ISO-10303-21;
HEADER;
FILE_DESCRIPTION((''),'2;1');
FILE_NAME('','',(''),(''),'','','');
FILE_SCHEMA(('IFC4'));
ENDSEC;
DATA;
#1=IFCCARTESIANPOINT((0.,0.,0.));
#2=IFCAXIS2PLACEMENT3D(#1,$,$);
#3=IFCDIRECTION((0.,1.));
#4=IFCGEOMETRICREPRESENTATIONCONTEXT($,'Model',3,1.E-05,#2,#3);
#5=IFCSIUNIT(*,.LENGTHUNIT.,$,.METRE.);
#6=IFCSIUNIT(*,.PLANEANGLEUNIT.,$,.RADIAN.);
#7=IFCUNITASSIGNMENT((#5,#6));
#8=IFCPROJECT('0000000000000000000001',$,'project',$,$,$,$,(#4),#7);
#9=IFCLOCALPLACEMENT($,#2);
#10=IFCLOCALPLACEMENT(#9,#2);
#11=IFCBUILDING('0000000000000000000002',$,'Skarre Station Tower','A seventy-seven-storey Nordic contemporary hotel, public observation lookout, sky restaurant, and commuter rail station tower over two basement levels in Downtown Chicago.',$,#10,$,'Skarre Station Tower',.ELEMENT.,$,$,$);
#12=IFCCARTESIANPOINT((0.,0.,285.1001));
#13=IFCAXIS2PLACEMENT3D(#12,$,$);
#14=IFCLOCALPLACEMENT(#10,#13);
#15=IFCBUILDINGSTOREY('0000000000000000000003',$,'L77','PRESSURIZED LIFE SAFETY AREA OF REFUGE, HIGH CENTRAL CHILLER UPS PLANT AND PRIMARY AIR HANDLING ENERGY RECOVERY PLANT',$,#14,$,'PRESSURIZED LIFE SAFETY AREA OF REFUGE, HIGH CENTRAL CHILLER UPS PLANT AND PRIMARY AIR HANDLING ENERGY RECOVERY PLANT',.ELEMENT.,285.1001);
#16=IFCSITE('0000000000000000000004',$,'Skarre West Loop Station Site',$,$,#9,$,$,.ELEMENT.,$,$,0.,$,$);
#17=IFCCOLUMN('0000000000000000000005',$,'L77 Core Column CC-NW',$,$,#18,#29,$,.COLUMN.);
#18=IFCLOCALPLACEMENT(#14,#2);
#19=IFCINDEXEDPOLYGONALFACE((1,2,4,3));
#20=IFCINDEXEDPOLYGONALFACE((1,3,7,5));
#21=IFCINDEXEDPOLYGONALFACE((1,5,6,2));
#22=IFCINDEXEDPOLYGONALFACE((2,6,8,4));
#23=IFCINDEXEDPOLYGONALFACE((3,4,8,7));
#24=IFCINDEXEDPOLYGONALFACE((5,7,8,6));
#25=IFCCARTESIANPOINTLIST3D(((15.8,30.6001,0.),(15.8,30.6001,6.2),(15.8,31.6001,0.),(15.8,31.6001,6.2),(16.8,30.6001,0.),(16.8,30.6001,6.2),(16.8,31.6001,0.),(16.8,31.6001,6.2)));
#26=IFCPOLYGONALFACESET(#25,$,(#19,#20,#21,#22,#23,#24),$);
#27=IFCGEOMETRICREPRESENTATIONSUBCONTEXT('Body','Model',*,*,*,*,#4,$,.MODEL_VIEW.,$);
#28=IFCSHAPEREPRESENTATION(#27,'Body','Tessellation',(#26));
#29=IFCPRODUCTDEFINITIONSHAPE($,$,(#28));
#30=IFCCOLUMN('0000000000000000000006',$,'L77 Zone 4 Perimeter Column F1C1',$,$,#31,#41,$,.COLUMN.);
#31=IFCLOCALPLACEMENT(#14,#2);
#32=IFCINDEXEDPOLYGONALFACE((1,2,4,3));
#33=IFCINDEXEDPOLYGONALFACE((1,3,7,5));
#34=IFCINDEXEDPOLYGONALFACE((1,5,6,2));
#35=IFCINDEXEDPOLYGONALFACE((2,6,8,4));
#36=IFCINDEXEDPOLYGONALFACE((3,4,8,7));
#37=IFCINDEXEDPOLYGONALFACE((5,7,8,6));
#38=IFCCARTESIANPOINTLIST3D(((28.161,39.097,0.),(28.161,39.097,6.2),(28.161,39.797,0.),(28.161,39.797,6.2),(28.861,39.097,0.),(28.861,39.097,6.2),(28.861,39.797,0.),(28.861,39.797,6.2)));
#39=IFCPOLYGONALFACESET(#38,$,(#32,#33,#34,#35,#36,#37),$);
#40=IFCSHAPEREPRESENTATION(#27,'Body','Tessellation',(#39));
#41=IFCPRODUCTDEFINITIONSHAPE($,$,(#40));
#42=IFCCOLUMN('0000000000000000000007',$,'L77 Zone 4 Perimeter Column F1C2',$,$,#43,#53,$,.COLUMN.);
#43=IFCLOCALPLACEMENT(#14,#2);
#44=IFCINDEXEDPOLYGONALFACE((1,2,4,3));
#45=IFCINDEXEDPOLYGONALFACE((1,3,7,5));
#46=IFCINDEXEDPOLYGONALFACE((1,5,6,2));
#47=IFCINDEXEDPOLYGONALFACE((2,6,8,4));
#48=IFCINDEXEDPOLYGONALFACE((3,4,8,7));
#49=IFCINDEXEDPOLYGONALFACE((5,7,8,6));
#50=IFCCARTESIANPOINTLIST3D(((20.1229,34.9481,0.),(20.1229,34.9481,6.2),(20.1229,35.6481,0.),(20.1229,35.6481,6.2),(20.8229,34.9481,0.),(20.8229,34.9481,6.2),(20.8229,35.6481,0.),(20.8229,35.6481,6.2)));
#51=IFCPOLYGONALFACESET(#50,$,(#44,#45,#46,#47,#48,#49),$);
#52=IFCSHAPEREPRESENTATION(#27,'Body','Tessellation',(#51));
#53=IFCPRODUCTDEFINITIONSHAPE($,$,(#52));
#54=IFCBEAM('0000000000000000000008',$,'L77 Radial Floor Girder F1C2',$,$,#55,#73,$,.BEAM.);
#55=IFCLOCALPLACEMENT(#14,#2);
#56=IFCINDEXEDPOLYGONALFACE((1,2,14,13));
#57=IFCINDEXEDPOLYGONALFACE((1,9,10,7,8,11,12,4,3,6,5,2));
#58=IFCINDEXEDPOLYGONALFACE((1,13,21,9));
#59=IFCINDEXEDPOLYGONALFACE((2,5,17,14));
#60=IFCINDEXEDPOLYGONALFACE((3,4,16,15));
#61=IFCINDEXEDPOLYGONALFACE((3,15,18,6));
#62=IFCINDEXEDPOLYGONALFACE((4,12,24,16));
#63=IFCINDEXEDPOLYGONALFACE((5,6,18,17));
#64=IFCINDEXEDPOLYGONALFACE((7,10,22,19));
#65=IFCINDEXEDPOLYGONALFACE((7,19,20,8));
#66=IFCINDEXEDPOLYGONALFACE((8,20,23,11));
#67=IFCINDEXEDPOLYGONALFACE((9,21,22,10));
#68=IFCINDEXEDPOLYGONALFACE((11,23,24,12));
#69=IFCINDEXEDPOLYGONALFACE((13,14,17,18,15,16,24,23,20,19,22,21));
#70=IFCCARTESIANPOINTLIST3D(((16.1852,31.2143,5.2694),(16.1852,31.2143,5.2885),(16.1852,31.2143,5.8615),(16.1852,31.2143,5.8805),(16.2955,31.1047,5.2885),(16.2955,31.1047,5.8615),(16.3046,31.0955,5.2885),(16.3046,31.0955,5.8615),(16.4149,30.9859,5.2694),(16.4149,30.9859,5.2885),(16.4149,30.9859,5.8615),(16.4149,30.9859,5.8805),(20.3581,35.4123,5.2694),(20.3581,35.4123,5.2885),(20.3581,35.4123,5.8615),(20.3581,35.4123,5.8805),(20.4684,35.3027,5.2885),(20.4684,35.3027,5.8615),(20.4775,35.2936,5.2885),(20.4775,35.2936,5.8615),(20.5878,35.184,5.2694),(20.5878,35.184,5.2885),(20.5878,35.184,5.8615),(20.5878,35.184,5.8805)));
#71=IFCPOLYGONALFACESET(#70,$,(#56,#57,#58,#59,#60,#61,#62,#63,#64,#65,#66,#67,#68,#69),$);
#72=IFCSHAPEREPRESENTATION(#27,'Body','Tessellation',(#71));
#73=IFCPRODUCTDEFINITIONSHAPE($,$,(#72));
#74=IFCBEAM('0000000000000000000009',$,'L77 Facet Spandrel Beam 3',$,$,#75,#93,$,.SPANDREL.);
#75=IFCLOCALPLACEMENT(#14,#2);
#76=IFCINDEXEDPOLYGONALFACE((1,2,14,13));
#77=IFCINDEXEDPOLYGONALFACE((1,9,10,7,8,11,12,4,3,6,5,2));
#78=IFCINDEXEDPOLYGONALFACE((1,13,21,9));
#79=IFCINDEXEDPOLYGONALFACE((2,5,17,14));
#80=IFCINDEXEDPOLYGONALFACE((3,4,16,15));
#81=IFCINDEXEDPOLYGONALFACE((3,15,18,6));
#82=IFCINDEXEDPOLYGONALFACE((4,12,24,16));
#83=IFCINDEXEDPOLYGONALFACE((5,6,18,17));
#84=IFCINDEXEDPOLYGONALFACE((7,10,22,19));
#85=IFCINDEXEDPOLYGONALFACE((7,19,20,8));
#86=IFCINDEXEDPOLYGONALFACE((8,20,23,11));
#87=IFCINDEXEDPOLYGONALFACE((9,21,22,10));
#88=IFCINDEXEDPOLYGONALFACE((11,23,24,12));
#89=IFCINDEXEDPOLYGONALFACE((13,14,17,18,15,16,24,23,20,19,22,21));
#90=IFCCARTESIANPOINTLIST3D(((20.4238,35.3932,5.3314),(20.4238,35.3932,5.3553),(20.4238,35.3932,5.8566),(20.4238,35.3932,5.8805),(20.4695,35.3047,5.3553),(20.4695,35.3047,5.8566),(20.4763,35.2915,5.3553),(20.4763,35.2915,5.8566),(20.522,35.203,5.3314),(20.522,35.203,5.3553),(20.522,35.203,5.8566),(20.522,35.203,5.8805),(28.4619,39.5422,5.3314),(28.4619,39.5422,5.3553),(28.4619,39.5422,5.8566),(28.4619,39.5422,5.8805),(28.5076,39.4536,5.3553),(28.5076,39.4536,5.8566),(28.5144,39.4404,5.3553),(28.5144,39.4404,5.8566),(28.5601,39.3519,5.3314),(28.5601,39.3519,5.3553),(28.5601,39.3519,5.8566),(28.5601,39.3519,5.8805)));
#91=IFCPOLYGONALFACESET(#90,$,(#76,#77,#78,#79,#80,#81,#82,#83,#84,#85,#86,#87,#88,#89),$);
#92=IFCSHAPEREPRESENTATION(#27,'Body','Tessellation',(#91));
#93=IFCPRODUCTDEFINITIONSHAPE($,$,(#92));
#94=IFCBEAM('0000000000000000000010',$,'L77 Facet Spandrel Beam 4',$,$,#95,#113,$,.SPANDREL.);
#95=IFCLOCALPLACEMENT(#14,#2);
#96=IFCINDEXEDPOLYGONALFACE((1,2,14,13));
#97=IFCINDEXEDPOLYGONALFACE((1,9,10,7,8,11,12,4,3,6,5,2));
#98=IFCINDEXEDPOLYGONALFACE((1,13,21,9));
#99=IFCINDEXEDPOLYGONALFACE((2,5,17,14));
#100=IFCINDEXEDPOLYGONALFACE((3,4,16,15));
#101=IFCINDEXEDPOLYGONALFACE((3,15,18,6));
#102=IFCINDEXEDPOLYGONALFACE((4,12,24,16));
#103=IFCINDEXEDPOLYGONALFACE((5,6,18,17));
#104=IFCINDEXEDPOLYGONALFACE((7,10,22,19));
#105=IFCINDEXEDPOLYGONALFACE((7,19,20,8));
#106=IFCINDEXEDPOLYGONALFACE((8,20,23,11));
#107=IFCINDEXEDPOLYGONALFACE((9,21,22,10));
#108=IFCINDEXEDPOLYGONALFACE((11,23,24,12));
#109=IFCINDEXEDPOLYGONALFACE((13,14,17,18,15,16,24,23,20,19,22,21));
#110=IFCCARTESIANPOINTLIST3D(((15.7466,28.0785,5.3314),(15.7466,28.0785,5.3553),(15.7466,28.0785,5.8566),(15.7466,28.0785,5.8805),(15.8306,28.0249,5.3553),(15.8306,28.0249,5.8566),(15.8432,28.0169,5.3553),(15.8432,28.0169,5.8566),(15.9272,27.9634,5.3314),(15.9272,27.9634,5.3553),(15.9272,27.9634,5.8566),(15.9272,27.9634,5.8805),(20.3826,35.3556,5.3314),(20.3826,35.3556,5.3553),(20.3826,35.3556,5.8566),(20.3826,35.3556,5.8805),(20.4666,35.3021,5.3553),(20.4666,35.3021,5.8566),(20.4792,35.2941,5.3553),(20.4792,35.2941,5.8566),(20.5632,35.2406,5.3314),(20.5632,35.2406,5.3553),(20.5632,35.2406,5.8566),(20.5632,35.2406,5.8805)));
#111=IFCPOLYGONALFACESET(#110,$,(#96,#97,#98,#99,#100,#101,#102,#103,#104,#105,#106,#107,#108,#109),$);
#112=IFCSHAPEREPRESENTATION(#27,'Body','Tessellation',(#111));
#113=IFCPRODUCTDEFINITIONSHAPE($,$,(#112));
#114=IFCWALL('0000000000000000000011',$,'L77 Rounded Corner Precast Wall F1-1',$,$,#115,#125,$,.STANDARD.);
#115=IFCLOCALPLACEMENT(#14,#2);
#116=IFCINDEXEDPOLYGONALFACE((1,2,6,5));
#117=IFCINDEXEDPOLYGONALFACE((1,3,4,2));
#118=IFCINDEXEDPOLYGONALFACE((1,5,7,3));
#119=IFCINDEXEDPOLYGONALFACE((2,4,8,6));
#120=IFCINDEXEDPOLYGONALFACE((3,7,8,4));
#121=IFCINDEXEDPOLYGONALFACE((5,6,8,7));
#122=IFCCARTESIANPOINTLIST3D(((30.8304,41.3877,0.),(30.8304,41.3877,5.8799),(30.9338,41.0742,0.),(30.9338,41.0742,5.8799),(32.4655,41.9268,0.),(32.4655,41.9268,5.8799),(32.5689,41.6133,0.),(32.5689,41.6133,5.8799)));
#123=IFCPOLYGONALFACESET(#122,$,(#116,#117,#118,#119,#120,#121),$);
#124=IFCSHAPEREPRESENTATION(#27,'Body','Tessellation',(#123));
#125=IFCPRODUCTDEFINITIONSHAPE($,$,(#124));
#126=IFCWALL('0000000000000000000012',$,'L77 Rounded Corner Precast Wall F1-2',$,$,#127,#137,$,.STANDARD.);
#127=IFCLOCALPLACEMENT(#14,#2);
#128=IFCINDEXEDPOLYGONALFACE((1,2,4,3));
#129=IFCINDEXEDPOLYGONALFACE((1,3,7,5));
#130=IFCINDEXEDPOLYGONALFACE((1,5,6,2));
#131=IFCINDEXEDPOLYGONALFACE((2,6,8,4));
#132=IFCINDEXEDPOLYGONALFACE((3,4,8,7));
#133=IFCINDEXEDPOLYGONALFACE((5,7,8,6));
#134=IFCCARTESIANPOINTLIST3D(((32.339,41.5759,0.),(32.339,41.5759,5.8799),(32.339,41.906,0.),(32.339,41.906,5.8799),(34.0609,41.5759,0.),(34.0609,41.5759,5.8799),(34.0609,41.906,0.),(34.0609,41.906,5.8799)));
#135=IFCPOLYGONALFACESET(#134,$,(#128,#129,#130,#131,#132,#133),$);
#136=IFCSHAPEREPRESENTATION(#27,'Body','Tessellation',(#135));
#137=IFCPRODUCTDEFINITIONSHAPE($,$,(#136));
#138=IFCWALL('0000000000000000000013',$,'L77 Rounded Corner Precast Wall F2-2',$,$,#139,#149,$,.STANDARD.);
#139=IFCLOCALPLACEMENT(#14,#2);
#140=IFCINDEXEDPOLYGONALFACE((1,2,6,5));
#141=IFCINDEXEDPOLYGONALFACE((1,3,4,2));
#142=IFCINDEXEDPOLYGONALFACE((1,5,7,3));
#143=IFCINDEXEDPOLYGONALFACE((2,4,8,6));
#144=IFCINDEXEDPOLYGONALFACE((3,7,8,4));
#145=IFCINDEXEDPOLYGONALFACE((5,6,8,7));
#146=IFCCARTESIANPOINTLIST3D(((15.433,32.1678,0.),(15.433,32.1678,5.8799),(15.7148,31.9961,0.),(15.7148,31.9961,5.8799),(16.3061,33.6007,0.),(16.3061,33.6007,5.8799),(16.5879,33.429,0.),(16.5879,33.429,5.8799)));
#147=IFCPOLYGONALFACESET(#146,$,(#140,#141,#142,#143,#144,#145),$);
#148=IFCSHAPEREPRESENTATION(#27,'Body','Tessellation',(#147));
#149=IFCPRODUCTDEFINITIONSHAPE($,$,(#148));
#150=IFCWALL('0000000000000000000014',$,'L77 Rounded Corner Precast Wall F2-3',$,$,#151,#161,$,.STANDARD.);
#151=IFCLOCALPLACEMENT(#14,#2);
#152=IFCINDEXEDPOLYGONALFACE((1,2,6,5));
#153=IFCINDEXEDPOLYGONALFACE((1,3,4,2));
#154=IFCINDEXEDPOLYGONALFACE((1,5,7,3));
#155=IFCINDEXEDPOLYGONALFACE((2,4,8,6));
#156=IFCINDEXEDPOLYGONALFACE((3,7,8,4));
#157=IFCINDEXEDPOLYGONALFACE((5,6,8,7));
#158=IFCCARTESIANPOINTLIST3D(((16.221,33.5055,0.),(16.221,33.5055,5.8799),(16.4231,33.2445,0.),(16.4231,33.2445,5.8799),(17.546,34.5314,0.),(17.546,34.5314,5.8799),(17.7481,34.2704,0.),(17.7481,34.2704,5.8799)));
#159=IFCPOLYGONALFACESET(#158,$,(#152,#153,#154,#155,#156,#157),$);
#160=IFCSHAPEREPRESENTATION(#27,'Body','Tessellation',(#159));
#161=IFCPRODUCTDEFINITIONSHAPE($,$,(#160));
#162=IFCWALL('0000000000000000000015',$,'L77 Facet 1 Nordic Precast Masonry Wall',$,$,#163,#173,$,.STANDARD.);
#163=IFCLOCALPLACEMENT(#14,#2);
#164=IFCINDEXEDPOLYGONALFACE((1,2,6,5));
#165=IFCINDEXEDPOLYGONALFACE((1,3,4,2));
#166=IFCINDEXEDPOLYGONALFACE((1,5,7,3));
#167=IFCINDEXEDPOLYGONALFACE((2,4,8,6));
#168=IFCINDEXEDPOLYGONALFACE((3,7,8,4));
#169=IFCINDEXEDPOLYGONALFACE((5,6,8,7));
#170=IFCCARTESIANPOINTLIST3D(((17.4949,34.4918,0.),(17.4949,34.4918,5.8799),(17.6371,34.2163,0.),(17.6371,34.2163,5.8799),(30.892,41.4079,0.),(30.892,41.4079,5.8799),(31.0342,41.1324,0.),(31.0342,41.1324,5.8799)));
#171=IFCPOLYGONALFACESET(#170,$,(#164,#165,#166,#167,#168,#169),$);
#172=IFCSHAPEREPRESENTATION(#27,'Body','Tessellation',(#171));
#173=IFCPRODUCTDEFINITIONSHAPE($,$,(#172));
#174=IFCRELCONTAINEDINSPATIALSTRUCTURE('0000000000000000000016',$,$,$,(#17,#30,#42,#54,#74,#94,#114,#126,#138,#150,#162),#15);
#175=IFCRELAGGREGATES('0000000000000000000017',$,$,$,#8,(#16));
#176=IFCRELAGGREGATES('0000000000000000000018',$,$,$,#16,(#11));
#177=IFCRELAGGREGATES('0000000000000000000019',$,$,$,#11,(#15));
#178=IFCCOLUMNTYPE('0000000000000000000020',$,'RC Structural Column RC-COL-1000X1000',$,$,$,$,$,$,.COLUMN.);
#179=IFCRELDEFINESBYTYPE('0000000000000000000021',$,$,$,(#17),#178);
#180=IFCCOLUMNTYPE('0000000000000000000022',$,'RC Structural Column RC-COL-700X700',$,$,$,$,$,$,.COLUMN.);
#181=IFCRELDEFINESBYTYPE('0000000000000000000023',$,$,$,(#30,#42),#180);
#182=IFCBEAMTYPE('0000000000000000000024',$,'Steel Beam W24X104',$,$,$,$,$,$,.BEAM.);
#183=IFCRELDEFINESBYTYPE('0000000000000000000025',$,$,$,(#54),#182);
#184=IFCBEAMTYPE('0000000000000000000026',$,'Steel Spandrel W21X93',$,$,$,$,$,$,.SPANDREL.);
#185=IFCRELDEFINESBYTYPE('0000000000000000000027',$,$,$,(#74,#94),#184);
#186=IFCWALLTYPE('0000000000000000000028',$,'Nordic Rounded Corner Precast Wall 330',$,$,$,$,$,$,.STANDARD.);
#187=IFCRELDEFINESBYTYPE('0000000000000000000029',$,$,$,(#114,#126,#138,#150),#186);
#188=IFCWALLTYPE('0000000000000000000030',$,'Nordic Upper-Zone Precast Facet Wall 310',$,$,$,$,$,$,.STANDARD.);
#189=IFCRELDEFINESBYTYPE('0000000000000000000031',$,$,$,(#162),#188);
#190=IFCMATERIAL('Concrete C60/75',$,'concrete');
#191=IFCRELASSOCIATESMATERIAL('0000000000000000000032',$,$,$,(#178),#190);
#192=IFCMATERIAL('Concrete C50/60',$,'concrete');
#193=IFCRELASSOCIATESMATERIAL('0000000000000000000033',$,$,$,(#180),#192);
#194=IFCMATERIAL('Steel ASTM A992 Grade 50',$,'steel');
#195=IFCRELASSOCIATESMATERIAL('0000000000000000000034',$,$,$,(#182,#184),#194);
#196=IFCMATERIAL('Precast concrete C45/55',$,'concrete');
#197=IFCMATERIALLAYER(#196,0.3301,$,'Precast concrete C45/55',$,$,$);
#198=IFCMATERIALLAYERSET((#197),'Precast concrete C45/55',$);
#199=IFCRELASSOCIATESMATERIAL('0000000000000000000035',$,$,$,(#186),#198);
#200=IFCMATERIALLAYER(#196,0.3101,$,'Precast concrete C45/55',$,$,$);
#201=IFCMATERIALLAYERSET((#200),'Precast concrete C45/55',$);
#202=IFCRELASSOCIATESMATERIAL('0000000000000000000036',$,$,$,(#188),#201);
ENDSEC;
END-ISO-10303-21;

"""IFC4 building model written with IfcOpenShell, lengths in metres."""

from ifc_helpers import new_model, si_unit, direction, frame, frame_2d, origin, origin_2d, place, context, subcontext, project, spatial, rectangle, i_section, extrude, material, layer, layer_set, material_profile, profile_set, type_object, element, save


model = new_model("IFC4")

# Units and contexts
model_context = context("Model", 3, precision=1e-05, world=origin(), true_north=direction((0.0, 1.0)))
body_context = subcontext(model_context, "Body", "Model", "MODEL_VIEW")
ifc_project = project(units=[si_unit("LENGTHUNIT", "METRE"), si_unit("PLANEANGLEUNIT", "RADIAN")], contexts=[model_context])

# Site, building, storey
site_placement = place(None, origin())
site = spatial("IfcSite", under=ifc_project, at=site_placement, Name="Skarre West Loop Station Site", CompositionType="ELEMENT", RefElevation=0.0)
building_placement = place(site_placement, origin())
building = spatial("IfcBuilding", under=site, at=building_placement, Name="Skarre Station Tower", Description="A seventy-seven-storey Nordic contemporary hotel, public observation lookout, sky restaurant, and commuter rail station tower over two basement levels in Downtown Chicago.", LongName="Skarre Station Tower", CompositionType="ELEMENT")
storey_placement = place(building_placement, frame((0.0, 0.0, 285.1001)))
storey = spatial("IfcBuildingStorey", under=building, at=storey_placement, Name="L77", Description="PRESSURIZED LIFE SAFETY AREA OF REFUGE, HIGH CENTRAL CHILLER UPS PLANT AND PRIMARY AIR HANDLING ENERGY RECOVERY PLANT", LongName="PRESSURIZED LIFE SAFETY AREA OF REFUGE, HIGH CENTRAL CHILLER UPS PLANT AND PRIMARY AIR HANDLING ENERGY RECOVERY PLANT", CompositionType="ELEMENT", Elevation=285.1001)

# Columns
ifc_material_1 = material(Name="Concrete C60/75", Category="concrete")
ifc_material_profile_1 = material_profile(ifc_material_1, rectangle(XDim=1.0, YDim=1.0, at=origin_2d()), Name="Concrete C60/75")
ifc_profile_set_1 = profile_set([ifc_material_profile_1], Name="Concrete C60/75")
column_type_1 = type_object("IfcColumnType", Name="RC Structural Column RC-COL-1000X1000", PredefinedType="COLUMN", material=ifc_profile_set_1)
column_placement = place(storey_placement, frame((16.3, 31.1001, 0.0), z_axis=(0.0, 0.0, 1.0), x_axis=(1.0, 0.0, 0.0)))
element("IfcColumn", 1, at=column_placement, inside=storey, type_object=column_type_1, Name="L77 Core Column CC-NW", PredefinedType="COLUMN", context=body_context, shape_type="SweptSolid", body=[
    extrude(rectangle(XDim=1.0, YDim=1.0, at=origin_2d()), origin(), (0.0, 0.0, 1.0), 6.2),
])
ifc_material_2 = material(Name="Concrete C50/60", Category="concrete")
ifc_material_profile_2 = material_profile(ifc_material_2, rectangle(XDim=0.7, YDim=0.7, at=origin_2d()), Name="Concrete C50/60")
ifc_profile_set_2 = profile_set([ifc_material_profile_2], Name="Concrete C50/60")
column_type_2 = type_object("IfcColumnType", Name="RC Structural Column RC-COL-700X700", PredefinedType="COLUMN", material=ifc_profile_set_2)
for number, where, z_axis, x_axis, name in (
    (2, (28.511, 39.447, 0.0), (0.0, 0.0, 1.0), (1.0, 0.0, 0.0), "L77 Zone 4 Perimeter Column F1C1"),
    (3, (20.4729, 35.2981, 0.0), (0.0, 0.0, 1.0), (1.0, 0.0, 0.0), "L77 Zone 4 Perimeter Column F1C2"),
):
    element("IfcColumn", number, at=place(storey_placement, frame(where, z_axis=z_axis, x_axis=x_axis)), inside=storey, type_object=column_type_2, Name=name, PredefinedType="COLUMN", context=body_context, shape_type="SweptSolid", body=[
        extrude(rectangle(XDim=0.7, YDim=0.7, at=origin_2d()), origin(), (0.0, 0.0, 1.0), 6.2),
    ])

# Beams
ifc_material_3 = material(Name="Steel ASTM A992 Grade 50", Category="steel")
ifc_material_profile_3 = material_profile(ifc_material_3, i_section(OverallWidth=0.324, OverallDepth=0.6111, WebThickness=0.0129, FlangeThickness=0.019, at=origin_2d()), Name="Steel ASTM A992 Grade 50")
ifc_profile_set_3 = profile_set([ifc_material_profile_3], Name="Steel ASTM A992 Grade 50")
beam_type_1 = type_object("IfcBeamType", Name="Steel Beam W24X104", PredefinedType="BEAM", material=ifc_profile_set_3)
beam_1_placement = place(storey_placement, frame((16.3, 31.1001, 5.575), z_axis=(0.704979, 0.709228, 0.0), x_axis=(-0.709228, 0.704979, 0.0)))
element("IfcBeam", 4, at=beam_1_placement, inside=storey, type_object=beam_type_1, Name="L77 Radial Floor Girder F1C2", PredefinedType="BEAM", context=body_context, shape_type="SweptSolid", body=[
    extrude(i_section(OverallWidth=0.324, OverallDepth=0.6111, WebThickness=0.0129, FlangeThickness=0.019, at=origin_2d()), origin(), (0.0, 0.0, 1.0), 5.9192),
])
ifc_material_profile_4 = material_profile(ifc_material_3, i_section(OverallWidth=0.2141, OverallDepth=0.5491, WebThickness=0.0149, FlangeThickness=0.0239, at=origin_2d()), Name="Steel ASTM A992 Grade 50")
ifc_profile_set_4 = profile_set([ifc_material_profile_4], Name="Steel ASTM A992 Grade 50")
beam_type_2 = type_object("IfcBeamType", Name="Steel Spandrel W21X93", PredefinedType="SPANDREL", material=ifc_profile_set_4)
beam_2_placement = place(storey_placement, frame((28.511, 39.447, 5.606), z_axis=(-0.88861, -0.458664, 0.0), x_axis=(0.458664, -0.88861, 0.0)))
element("IfcBeam", 5, at=beam_2_placement, inside=storey, type_object=beam_type_2, Name="L77 Facet Spandrel Beam 3", PredefinedType="SPANDREL", context=body_context, shape_type="SweptSolid", body=[
    extrude(i_section(OverallWidth=0.2141, OverallDepth=0.5491, WebThickness=0.0149, FlangeThickness=0.0239, at=origin_2d()), origin(), (0.0, 0.0, 1.0), 9.0457),
])
beam_3_placement = place(storey_placement, frame((20.4729, 35.2981, 5.606), z_axis=(-0.537297, -0.843393, 0.0), x_axis=(0.843393, -0.537297, 0.0)))
element("IfcBeam", 6, at=beam_3_placement, inside=storey, type_object=beam_type_2, Name="L77 Facet Spandrel Beam 4", PredefinedType="SPANDREL", context=body_context, shape_type="SweptSolid", body=[
    extrude(i_section(OverallWidth=0.2141, OverallDepth=0.5491, WebThickness=0.0149, FlangeThickness=0.0239, at=origin_2d()), origin(), (0.0, 0.0, 1.0), 8.6284),
])

# Walls
ifc_material_4 = material(Name="Precast concrete C45/55", Category="concrete")
ifc_layer_1 = layer(ifc_material_4, 0.3301, Name="Precast concrete C45/55")
ifc_layer_set_1 = layer_set([ifc_layer_1], Name="Precast concrete C45/55")
wall_type_1 = type_object("IfcWallType", Name="Nordic Rounded Corner Precast Wall 330", PredefinedType="STANDARD", material=ifc_layer_set_1)
wall_1_placement = place(storey_placement, frame((30.8821, 41.231, 0.0), z_axis=(0.0, 0.0, 1.0), x_axis=(0.949713, 0.31312, 0.0)))
element("IfcWall", 7, at=wall_1_placement, inside=storey, type_object=wall_type_1, Name="L77 Rounded Corner Precast Wall F1-1", PredefinedType="STANDARD", context=body_context, shape_type="SweptSolid", body=[
    extrude(rectangle(XDim=1.7217, YDim=0.3301, at=frame_2d((0.8608, 0.0))), origin(), (0.0, 0.0, 1.0), 5.8799),
])
wall_2_placement = place(storey_placement, frame((32.3391, 41.741, 0.0), z_axis=(0.0, 0.0, 1.0), x_axis=(1.0, 0.0, 0.0)))
element("IfcWall", 8, at=wall_2_placement, inside=storey, type_object=wall_type_1, Name="L77 Rounded Corner Precast Wall F1-2", PredefinedType="STANDARD", context=body_context, shape_type="SweptSolid", body=[
    extrude(rectangle(XDim=1.7219, YDim=0.3301, at=frame_2d((0.8608, 0.0))), origin(), (0.0, 0.0, 1.0), 5.8799),
])
wall_3_placement = place(storey_placement, frame((15.574, 32.082, 0.0), z_axis=(0.0, 0.0, 1.0), x_axis=(0.520325, 0.853968, 0.0)))
element("IfcWall", 9, at=wall_3_placement, inside=storey, type_object=wall_type_1, Name="L77 Rounded Corner Precast Wall F2-2", PredefinedType="STANDARD", context=body_context, shape_type="SweptSolid", body=[
    extrude(rectangle(XDim=1.678, YDim=0.3301, at=frame_2d((0.8389, 0.0))), origin(), (0.0, 0.0, 1.0), 5.8799),
])
wall_4_placement = place(storey_placement, frame((16.322, 33.375, 0.0), z_axis=(0.0, 0.0, 1.0), x_axis=(0.790692, 0.612214, 0.0)))
element("IfcWall", 10, at=wall_4_placement, inside=storey, type_object=wall_type_1, Name="L77 Rounded Corner Precast Wall F2-3", PredefinedType="STANDARD", context=body_context, shape_type="SweptSolid", body=[
    extrude(rectangle(XDim=1.6758, YDim=0.3301, at=frame_2d((0.8379, 0.0))), origin(), (0.0, 0.0, 1.0), 5.8799),
])
ifc_layer_2 = layer(ifc_material_4, 0.3101, Name="Precast concrete C45/55")
ifc_layer_set_2 = layer_set([ifc_layer_2], Name="Precast concrete C45/55")
wall_type_2 = type_object("IfcWallType", Name="Nordic Upper-Zone Precast Facet Wall 310", PredefinedType="STANDARD", material=ifc_layer_set_2)
wall_5_placement = place(storey_placement, frame((17.5659, 34.354, 0.0), z_axis=(0.0, 0.0, 1.0), x_axis=(0.888581, 0.458719, 0.0)))
element("IfcWall", 11, at=wall_5_placement, inside=storey, type_object=wall_type_2, Name="L77 Facet 1 Nordic Precast Masonry Wall", PredefinedType="STANDARD", context=body_context, shape_type="SweptSolid", body=[
    extrude(rectangle(XDim=15.0769, YDim=0.3101, at=frame_2d((7.5386, 0.0))), origin(), (0.0, 0.0, 1.0), 5.8799),
])

save(model, "model.ifc")
